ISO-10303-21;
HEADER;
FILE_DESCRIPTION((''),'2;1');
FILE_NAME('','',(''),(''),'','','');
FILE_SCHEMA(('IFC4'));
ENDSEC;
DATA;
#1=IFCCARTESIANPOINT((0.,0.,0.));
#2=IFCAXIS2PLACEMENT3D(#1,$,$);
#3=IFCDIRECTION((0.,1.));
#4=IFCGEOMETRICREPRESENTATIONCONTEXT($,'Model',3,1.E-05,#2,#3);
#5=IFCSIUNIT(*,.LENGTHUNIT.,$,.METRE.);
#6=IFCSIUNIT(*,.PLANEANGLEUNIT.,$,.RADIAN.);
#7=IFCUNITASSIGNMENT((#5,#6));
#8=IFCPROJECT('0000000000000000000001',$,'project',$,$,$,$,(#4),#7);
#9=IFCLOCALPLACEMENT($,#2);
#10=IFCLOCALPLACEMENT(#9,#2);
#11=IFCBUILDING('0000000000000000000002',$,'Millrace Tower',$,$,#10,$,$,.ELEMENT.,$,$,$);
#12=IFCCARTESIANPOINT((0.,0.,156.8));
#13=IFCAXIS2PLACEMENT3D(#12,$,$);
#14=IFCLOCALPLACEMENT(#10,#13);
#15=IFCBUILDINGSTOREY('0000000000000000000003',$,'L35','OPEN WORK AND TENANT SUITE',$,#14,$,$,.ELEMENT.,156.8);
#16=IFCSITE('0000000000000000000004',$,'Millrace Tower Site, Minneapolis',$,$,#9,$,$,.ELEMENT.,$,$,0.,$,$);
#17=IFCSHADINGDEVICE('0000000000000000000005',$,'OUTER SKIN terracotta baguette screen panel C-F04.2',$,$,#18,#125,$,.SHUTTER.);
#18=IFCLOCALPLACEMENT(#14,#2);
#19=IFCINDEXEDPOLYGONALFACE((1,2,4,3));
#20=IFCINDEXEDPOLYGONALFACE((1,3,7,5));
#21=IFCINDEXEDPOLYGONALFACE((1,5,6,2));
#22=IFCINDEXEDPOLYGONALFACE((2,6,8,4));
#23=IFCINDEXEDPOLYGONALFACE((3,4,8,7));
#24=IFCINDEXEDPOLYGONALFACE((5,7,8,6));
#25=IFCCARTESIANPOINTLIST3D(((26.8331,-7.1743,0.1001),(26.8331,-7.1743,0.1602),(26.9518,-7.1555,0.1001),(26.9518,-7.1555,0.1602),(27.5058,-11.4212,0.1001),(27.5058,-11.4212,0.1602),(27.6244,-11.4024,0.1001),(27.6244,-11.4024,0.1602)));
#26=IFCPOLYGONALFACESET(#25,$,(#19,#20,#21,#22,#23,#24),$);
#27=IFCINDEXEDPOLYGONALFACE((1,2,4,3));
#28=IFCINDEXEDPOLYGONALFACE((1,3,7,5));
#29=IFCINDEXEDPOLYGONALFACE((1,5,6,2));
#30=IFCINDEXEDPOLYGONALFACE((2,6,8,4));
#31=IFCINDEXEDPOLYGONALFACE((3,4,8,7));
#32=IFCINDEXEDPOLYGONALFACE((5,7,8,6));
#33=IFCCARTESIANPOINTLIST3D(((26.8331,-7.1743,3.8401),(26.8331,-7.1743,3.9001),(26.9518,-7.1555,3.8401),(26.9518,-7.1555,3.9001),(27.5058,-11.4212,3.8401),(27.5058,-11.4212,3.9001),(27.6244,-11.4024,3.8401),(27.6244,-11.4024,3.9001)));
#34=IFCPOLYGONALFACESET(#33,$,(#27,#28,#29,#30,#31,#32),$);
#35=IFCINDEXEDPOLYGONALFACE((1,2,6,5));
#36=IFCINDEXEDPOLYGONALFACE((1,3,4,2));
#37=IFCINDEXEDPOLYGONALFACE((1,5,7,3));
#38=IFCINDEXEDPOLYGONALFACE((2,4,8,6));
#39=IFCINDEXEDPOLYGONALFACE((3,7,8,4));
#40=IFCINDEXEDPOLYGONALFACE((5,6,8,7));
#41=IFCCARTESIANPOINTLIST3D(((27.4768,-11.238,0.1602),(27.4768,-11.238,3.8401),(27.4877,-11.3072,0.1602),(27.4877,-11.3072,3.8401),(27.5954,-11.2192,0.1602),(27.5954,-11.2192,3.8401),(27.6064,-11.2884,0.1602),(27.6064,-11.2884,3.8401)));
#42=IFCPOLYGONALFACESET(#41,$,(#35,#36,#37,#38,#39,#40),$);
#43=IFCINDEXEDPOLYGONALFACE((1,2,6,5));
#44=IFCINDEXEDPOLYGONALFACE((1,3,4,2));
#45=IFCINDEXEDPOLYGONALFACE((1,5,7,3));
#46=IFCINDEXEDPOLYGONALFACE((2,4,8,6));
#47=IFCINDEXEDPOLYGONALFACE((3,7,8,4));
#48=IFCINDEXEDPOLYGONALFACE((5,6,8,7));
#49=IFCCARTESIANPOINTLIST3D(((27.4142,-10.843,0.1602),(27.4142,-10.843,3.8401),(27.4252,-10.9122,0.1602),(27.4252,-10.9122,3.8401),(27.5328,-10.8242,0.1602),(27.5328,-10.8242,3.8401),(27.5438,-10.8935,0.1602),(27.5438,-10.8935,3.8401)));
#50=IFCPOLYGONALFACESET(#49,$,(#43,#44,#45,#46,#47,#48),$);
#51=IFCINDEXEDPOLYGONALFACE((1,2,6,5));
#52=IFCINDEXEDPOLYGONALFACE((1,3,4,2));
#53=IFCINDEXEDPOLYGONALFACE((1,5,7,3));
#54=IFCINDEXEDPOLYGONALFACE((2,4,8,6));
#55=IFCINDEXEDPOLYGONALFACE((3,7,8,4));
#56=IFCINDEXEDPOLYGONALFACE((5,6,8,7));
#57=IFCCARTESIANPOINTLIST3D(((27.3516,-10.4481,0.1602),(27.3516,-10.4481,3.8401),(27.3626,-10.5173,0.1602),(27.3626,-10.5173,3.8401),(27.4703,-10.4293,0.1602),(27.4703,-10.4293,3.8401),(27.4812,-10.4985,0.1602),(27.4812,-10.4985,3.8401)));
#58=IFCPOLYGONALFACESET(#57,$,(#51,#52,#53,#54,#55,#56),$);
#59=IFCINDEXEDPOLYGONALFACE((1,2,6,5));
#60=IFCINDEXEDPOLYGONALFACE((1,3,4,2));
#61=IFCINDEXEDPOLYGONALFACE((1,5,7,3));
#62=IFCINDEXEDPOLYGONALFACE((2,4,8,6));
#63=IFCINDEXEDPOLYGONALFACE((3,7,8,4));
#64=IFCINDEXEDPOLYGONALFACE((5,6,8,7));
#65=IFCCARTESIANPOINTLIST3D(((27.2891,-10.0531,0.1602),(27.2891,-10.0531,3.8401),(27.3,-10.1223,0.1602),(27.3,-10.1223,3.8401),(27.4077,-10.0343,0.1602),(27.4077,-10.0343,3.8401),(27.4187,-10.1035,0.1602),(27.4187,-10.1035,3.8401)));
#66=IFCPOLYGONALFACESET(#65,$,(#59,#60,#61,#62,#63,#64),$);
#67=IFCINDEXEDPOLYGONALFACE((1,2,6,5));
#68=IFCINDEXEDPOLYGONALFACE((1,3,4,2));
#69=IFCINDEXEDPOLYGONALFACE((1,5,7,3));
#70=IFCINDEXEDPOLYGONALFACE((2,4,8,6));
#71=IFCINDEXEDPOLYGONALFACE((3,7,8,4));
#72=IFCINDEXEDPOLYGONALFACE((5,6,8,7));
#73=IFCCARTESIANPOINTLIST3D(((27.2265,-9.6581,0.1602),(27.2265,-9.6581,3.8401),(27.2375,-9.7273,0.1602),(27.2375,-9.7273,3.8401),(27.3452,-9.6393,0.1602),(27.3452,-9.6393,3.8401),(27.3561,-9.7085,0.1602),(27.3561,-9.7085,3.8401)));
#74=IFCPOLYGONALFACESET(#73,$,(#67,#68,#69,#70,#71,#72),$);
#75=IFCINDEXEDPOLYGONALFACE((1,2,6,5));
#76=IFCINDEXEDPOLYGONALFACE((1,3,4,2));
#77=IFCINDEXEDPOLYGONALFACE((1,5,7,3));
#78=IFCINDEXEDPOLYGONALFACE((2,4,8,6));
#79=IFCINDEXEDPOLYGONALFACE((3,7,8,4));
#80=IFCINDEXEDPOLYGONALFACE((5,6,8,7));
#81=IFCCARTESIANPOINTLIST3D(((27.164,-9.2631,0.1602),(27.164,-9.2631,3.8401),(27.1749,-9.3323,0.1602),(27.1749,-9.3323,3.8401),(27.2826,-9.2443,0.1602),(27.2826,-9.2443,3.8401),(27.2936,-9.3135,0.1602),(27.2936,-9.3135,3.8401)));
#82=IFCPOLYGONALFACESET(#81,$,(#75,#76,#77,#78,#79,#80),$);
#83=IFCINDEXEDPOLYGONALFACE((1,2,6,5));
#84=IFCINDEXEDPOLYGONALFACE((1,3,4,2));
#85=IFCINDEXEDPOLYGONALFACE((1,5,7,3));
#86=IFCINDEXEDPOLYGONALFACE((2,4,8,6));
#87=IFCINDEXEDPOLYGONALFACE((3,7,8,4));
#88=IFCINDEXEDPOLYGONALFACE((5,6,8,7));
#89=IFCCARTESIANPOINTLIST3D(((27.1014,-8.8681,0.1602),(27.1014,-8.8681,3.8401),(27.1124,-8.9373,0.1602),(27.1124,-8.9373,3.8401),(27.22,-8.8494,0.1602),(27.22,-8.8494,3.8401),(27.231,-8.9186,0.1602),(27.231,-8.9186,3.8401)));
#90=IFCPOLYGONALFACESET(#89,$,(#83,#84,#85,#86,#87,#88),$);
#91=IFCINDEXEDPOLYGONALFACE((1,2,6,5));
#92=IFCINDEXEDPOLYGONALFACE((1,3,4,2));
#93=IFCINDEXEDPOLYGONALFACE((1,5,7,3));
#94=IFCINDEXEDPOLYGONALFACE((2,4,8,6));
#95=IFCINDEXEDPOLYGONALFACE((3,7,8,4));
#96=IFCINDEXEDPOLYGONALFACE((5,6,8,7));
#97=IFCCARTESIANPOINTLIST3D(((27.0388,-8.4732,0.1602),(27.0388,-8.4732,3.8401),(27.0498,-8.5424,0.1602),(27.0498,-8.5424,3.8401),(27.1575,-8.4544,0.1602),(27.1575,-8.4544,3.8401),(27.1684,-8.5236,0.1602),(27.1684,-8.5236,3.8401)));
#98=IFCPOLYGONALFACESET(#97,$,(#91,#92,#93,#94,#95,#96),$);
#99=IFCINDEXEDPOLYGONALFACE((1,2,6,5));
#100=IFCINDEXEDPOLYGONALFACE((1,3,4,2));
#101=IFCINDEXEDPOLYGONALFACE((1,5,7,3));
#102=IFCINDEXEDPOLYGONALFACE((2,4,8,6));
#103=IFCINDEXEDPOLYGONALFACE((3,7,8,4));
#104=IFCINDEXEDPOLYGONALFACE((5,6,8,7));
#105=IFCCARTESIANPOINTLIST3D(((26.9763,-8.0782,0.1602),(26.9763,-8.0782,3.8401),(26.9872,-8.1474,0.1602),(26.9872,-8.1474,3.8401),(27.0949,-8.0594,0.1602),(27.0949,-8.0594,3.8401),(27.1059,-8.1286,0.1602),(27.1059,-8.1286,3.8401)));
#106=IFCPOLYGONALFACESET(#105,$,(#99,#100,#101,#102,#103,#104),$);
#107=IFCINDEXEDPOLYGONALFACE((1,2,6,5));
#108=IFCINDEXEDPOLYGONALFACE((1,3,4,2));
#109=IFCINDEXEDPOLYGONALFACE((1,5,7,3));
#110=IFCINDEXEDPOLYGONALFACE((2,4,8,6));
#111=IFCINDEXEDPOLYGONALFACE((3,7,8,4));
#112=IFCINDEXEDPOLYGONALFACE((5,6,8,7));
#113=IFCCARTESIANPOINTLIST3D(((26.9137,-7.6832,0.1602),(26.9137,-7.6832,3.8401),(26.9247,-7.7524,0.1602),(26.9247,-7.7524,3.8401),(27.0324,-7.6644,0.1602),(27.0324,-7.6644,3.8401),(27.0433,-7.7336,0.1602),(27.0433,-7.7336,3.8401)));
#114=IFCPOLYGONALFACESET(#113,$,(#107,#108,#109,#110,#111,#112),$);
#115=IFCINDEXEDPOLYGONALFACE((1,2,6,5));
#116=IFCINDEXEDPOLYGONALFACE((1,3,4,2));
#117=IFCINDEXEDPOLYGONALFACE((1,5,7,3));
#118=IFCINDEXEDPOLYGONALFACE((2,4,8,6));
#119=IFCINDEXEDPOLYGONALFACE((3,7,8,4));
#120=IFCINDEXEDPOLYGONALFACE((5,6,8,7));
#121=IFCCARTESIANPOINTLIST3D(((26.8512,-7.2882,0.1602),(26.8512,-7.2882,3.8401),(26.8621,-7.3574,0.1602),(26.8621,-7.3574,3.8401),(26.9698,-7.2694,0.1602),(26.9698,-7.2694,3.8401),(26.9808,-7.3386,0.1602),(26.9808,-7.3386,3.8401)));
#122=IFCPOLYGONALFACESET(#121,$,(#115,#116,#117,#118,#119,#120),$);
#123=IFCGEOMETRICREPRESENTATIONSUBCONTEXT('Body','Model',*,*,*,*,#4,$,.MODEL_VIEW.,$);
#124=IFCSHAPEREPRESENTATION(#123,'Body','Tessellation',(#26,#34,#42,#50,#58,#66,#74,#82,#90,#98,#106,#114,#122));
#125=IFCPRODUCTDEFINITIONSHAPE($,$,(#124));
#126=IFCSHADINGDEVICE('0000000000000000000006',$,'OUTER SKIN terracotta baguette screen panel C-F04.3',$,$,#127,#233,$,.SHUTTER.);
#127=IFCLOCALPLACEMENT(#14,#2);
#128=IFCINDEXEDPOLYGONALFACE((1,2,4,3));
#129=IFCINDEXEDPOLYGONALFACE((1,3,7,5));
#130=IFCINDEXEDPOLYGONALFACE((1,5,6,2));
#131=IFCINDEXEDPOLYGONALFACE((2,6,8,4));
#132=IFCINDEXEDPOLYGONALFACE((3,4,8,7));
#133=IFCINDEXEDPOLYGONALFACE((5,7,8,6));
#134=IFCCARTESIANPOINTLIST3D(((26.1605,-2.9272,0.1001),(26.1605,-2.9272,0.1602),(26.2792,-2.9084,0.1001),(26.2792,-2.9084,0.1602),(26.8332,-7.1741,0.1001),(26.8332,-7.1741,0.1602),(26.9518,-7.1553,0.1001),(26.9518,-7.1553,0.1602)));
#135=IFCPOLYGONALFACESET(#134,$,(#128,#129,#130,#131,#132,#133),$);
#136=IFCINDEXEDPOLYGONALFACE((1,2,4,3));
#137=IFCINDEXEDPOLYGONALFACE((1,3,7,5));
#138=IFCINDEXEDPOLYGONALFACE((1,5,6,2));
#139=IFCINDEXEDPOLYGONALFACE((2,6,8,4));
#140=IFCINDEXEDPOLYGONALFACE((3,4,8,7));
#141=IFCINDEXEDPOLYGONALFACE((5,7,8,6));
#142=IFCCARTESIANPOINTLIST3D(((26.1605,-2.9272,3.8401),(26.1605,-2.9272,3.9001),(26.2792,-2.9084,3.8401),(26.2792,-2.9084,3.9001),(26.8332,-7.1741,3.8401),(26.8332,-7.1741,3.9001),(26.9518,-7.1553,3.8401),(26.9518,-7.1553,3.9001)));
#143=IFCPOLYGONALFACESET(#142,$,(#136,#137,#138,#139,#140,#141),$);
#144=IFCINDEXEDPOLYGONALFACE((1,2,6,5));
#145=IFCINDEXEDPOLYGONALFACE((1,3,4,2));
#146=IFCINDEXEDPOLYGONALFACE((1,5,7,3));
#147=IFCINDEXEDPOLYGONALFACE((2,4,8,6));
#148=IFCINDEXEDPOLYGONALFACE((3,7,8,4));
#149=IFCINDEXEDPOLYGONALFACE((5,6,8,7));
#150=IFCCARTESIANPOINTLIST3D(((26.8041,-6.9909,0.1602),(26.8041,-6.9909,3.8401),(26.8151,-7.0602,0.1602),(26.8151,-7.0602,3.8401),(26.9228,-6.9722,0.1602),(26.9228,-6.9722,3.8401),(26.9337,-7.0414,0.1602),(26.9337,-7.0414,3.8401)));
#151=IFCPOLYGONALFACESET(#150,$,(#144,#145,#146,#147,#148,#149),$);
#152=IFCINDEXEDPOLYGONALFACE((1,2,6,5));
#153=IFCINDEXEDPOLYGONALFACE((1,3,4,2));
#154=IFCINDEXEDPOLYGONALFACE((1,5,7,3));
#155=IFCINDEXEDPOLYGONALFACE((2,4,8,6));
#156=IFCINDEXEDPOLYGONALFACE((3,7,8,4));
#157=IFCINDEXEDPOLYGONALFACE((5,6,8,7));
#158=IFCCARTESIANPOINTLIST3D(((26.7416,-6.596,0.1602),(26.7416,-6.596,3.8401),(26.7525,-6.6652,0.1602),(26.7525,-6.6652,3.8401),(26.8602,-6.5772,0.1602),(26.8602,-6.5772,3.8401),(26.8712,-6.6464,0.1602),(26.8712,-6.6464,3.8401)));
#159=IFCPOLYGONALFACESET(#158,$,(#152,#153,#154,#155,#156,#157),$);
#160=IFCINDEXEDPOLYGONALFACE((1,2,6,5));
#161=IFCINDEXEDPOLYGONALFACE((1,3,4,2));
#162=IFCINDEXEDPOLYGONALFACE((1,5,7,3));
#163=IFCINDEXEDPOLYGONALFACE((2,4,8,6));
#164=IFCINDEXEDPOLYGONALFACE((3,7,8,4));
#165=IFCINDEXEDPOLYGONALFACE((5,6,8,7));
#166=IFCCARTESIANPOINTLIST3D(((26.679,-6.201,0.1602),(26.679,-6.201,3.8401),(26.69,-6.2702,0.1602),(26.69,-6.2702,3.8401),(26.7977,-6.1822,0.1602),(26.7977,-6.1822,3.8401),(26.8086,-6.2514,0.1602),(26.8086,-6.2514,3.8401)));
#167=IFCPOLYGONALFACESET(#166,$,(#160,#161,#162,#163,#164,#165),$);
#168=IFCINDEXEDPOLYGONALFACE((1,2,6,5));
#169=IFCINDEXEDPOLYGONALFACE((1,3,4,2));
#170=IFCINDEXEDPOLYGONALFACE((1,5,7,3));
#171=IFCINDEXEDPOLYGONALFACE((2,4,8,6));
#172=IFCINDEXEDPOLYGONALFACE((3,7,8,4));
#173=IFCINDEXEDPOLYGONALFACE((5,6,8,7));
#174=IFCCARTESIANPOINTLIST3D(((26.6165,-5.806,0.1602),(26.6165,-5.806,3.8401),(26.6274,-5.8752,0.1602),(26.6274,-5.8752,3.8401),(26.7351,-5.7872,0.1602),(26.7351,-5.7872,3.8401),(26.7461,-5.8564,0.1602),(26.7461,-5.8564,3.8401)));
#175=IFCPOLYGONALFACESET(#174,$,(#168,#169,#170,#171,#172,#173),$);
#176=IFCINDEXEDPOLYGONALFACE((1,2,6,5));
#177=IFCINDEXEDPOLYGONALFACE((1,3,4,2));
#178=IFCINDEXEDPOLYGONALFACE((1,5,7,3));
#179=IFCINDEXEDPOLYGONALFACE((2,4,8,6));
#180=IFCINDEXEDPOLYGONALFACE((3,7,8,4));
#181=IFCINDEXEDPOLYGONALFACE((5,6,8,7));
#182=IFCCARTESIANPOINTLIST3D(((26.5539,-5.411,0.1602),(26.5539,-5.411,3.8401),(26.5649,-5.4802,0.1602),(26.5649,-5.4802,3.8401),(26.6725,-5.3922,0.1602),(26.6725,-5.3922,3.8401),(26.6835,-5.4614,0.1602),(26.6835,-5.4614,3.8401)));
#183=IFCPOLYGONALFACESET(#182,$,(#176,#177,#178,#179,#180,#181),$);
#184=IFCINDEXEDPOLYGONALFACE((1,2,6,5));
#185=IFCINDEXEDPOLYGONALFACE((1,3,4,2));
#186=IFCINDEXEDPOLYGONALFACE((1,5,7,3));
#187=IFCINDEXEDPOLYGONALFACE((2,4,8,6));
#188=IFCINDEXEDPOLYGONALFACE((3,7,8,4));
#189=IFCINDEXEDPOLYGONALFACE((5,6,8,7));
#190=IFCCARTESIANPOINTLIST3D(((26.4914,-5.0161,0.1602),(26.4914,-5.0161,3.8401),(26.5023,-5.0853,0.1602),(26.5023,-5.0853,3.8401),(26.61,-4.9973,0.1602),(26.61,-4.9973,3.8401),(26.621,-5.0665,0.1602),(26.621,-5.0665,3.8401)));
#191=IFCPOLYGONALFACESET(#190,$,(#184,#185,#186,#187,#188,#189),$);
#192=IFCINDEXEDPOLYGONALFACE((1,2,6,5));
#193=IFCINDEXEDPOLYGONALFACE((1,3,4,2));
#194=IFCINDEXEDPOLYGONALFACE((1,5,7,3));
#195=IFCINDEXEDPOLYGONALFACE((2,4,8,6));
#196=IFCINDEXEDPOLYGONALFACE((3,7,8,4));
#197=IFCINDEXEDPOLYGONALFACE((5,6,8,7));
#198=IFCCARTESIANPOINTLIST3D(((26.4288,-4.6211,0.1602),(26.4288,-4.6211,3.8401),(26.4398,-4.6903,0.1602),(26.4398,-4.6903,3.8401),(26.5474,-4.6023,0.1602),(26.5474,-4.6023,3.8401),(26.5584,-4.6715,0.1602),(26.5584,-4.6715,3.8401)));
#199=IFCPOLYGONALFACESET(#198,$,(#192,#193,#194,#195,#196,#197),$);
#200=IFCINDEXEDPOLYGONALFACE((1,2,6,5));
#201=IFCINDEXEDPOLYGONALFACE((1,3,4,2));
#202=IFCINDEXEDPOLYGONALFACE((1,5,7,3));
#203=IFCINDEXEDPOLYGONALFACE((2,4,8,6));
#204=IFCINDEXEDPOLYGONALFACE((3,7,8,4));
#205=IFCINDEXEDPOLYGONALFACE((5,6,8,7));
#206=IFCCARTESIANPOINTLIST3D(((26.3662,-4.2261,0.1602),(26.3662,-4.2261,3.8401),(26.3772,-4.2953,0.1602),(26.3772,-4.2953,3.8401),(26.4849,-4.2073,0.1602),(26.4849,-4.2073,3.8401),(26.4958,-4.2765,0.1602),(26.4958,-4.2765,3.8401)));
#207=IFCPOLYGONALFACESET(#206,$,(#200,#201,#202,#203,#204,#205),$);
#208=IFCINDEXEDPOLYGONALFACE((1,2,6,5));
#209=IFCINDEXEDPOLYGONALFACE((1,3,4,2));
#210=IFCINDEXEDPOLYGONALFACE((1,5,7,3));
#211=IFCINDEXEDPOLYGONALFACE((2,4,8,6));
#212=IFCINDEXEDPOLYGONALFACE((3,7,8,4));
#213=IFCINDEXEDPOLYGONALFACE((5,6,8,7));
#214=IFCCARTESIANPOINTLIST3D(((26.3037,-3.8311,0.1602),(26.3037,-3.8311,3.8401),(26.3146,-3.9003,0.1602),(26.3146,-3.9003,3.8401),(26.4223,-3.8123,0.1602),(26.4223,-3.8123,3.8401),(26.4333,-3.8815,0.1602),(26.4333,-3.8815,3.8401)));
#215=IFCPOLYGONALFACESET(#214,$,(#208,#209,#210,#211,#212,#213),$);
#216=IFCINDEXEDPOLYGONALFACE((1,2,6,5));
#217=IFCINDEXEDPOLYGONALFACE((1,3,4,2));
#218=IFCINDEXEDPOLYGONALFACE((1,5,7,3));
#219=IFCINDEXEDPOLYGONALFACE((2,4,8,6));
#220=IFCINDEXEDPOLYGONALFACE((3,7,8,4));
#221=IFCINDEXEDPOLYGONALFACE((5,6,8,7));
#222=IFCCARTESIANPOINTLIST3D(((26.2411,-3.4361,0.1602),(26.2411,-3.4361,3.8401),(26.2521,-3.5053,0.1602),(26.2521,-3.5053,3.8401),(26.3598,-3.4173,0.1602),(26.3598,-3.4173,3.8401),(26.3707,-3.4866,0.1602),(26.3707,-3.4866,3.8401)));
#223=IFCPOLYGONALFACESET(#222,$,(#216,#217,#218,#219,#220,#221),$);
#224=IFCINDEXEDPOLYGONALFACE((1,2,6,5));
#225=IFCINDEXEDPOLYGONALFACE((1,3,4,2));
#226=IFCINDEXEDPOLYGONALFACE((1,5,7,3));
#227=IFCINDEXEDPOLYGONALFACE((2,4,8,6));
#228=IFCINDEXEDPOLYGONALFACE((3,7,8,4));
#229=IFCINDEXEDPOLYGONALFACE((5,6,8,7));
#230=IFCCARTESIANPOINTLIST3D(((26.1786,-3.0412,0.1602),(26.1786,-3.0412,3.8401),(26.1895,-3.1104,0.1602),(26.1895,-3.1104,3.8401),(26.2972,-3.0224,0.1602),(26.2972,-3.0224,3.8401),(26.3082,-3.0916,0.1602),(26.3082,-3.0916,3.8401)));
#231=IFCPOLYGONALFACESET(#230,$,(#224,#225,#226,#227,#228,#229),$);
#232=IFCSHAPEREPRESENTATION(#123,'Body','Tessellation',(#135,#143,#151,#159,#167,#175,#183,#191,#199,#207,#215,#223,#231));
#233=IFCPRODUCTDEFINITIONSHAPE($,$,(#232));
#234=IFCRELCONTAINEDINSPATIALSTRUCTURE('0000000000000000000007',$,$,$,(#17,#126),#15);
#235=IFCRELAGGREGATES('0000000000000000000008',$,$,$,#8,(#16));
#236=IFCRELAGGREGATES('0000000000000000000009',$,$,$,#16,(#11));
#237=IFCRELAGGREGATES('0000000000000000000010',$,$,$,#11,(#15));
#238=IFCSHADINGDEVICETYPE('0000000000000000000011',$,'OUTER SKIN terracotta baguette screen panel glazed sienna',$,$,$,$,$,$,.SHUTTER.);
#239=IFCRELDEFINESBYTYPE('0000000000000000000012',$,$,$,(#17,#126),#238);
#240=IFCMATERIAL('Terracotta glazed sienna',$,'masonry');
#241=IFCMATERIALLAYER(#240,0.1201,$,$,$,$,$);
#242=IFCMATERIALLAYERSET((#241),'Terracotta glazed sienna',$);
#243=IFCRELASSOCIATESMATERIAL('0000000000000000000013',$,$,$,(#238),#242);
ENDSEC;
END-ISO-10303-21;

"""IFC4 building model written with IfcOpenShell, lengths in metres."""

from ifc_helpers import new_model, entity, si_unit, direction, frame, frame_2d, origin, origin_2d, place, context, subcontext, project, spatial, rectangle, extrude, source, transform, mapped, material, layer, layer_set, type_object, element, save


model = new_model("IFC4")

# Units and contexts
model_context = context("Model", 3, precision=1e-05, world=origin(), true_north=direction((0.0, 1.0)))
body_context = subcontext(model_context, "Body", "Model", "MODEL_VIEW")
ifc_project = project(units=[si_unit("LENGTHUNIT", "METRE"), si_unit("PLANEANGLEUNIT", "RADIAN")], contexts=[model_context])

# Site, building, storey
site_placement = place(None, origin())
site = spatial("IfcSite", under=ifc_project, at=site_placement, Name="Millrace Tower Site, Minneapolis", CompositionType="ELEMENT", RefElevation=0.0)
building_placement = place(site_placement, origin())
building = spatial("IfcBuilding", under=site, at=building_placement, Name="Millrace Tower", CompositionType="ELEMENT")
storey_placement = place(building_placement, frame((0.0, 0.0, 156.8)))
storey = spatial("IfcBuildingStorey", under=building, at=storey_placement, Name="L35", Description="OPEN WORK AND TENANT SUITE", CompositionType="ELEMENT", Elevation=156.8)

# Shading devices
ifc_material_1 = material(Name="Terracotta glazed sienna", Category="masonry")
ifc_layer_1 = layer(ifc_material_1, 0.1201)
ifc_layer_set_1 = layer_set([ifc_layer_1], Name="Terracotta glazed sienna")
shading_device_type = type_object("IfcShadingDeviceType", Name="OUTER SKIN terracotta baguette screen panel glazed sienna", PredefinedType="SHUTTER", material=ifc_layer_set_1)
cartesian_point = entity("IfcCartesianPoint", [-2.1499, 0.0601])
shared_polyline = entity("IfcPolyline", [cartesian_point, entity("IfcCartesianPoint", [2.1499, 0.0601]), entity("IfcCartesianPoint", [2.1499, -0.0601]), entity("IfcCartesianPoint", [-2.1499, -0.0601]), cartesian_point])
shared_shape = source(origin(), body_context, "Body", "SweptSolid", [
    entity("IfcExtrudedAreaSolid", entity("IfcArbitraryClosedProfileDef", "AREA", None, shared_polyline), entity("IfcAxis2Placement3D", entity("IfcCartesianPoint", [0.0, 0.0, 0.0])), entity("IfcDirection", [0.0, 0.0, 1.0]), 0.0601),
    entity("IfcExtrudedAreaSolid", entity("IfcArbitraryClosedProfileDef", "AREA", None, shared_polyline), entity("IfcAxis2Placement3D", entity("IfcCartesianPoint", [0.0, 0.0, 3.74])), entity("IfcDirection", [0.0, 0.0, 1.0]), 0.0601),
    extrude(rectangle(XDim=0.0701, YDim=0.1201, at=frame_2d((-1.9995, 0.0))), frame((0.0, 0.0, 0.0601)), (0.0, 0.0, 1.0), 3.6799),
    extrude(rectangle(XDim=0.0701, YDim=0.1201, at=frame_2d((-1.5996, 0.0))), frame((0.0, 0.0, 0.0601)), (0.0, 0.0, 1.0), 3.6799),
    extrude(rectangle(XDim=0.0701, YDim=0.1201, at=frame_2d((-1.1997, 0.0))), frame((0.0, 0.0, 0.0601)), (0.0, 0.0, 1.0), 3.6799),
    extrude(rectangle(XDim=0.0701, YDim=0.1201, at=frame_2d((-0.7998, 0.0))), frame((0.0, 0.0, 0.0601)), (0.0, 0.0, 1.0), 3.6799),
    extrude(rectangle(XDim=0.0701, YDim=0.1201, at=frame_2d((-0.3999, 0.0))), frame((0.0, 0.0, 0.0601)), (0.0, 0.0, 1.0), 3.6799),
    extrude(rectangle(XDim=0.0701, YDim=0.1201, at=origin_2d()), frame((0.0, 0.0, 0.0601)), (0.0, 0.0, 1.0), 3.6799),
    extrude(rectangle(XDim=0.0701, YDim=0.1201, at=frame_2d((0.3999, 0.0))), frame((0.0, 0.0, 0.0601)), (0.0, 0.0, 1.0), 3.6799),
    extrude(rectangle(XDim=0.0701, YDim=0.1201, at=frame_2d((0.7998, 0.0))), frame((0.0, 0.0, 0.0601)), (0.0, 0.0, 1.0), 3.6799),
    extrude(rectangle(XDim=0.0701, YDim=0.1201, at=frame_2d((1.1997, 0.0))), frame((0.0, 0.0, 0.0601)), (0.0, 0.0, 1.0), 3.6799),
    extrude(rectangle(XDim=0.0701, YDim=0.1201, at=frame_2d((1.5996, 0.0))), frame((0.0, 0.0, 0.0601)), (0.0, 0.0, 1.0), 3.6799),
    extrude(rectangle(XDim=0.0701, YDim=0.1201, at=frame_2d((1.9995, 0.0))), frame((0.0, 0.0, 0.0601)), (0.0, 0.0, 1.0), 3.6799),
])
for number, where, z_axis, x_axis, name in (
    (1, (27.2288, -9.2883, 0.1001), (0.0, 0.0, 1.0), (-0.156434, 0.987688, 0.0), "OUTER SKIN terracotta baguette screen panel C-F04.2"),
    (2, (26.5562, -5.0413, 0.1001), (0.0, 0.0, 1.0), (-0.156434, 0.987688, 0.0), "OUTER SKIN terracotta baguette screen panel C-F04.3"),
):
    element("IfcShadingDevice", number, at=place(storey_placement, frame(where, z_axis=z_axis, x_axis=x_axis)), inside=storey, type_object=shading_device_type, Name=name, PredefinedType="SHUTTER", context=body_context, shape_type="MappedRepresentation", body=[
        mapped(shared_shape, transform((0.0, 0.0, 0.0), scale=1.0)),
    ])

save(model, "model.ifc")
